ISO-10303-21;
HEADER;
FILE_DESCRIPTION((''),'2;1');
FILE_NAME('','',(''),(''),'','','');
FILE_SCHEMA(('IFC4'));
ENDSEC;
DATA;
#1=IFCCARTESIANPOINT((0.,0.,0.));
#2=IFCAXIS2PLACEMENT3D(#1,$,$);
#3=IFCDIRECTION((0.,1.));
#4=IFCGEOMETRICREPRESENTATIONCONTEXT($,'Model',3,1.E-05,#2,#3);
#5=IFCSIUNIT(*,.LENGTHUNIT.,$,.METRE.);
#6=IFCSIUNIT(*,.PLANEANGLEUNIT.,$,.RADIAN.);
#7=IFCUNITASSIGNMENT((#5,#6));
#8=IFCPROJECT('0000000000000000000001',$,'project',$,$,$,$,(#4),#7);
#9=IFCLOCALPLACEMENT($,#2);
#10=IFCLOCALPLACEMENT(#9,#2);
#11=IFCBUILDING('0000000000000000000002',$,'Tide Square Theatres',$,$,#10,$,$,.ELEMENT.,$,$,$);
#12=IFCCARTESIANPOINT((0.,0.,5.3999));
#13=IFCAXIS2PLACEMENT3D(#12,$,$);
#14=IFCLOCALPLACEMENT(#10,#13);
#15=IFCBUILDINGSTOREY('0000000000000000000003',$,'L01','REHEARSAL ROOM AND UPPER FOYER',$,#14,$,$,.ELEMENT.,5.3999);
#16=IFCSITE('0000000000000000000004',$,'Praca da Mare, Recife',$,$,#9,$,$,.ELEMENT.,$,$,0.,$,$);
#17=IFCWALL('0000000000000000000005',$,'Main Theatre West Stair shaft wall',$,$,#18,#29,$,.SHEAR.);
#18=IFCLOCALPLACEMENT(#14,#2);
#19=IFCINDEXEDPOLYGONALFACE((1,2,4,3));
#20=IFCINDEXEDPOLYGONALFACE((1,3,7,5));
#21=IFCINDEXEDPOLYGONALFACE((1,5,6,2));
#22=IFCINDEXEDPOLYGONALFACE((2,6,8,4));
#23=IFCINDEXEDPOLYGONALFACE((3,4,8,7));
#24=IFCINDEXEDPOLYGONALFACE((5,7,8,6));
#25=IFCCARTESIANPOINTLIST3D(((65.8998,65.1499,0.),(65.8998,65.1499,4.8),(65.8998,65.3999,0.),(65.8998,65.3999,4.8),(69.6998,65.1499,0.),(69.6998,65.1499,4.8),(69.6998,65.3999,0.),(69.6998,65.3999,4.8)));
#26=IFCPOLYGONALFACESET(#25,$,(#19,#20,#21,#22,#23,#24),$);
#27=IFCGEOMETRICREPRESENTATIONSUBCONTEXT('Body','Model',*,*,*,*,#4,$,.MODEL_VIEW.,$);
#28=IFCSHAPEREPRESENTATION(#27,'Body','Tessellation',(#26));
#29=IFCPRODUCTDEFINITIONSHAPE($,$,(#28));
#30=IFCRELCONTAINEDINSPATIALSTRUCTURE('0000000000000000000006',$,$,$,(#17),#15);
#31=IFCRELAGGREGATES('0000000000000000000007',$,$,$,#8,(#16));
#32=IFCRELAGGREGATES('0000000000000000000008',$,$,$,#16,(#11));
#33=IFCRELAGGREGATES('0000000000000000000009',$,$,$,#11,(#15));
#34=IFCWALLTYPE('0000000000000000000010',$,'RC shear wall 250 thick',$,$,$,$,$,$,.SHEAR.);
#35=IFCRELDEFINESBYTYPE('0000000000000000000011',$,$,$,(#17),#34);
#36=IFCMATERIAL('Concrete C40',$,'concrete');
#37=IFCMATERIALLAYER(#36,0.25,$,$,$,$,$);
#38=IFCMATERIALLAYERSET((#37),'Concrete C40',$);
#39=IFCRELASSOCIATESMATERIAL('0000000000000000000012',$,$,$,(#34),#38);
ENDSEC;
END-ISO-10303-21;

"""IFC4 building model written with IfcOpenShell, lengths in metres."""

from ifc_helpers import new_model, si_unit, direction, frame, frame_2d, origin, place, context, subcontext, project, spatial, rectangle, extrude, material, layer, layer_set, type_object, element, save


model = new_model("IFC4")

# Units and contexts
model_context = context("Model", 3, precision=1e-05, world=origin(), true_north=direction((0.0, 1.0)))
body_context = subcontext(model_context, "Body", "Model", "MODEL_VIEW")
ifc_project = project(units=[si_unit("LENGTHUNIT", "METRE"), si_unit("PLANEANGLEUNIT", "RADIAN")], contexts=[model_context])

# Site, building, storey
site_placement = place(None, origin())
site = spatial("IfcSite", under=ifc_project, at=site_placement, Name="Praca da Mare, Recife", CompositionType="ELEMENT", RefElevation=0.0)
building_placement = place(site_placement, origin())
building = spatial("IfcBuilding", under=site, at=building_placement, Name="Tide Square Theatres", CompositionType="ELEMENT")
storey_placement = place(building_placement, frame((0.0, 0.0, 5.3999)))
storey = spatial("IfcBuildingStorey", under=building, at=storey_placement, Name="L01", Description="REHEARSAL ROOM AND UPPER FOYER", CompositionType="ELEMENT", Elevation=5.3999)

# Wall
ifc_material_1 = material(Name="Concrete C40", Category="concrete")
ifc_layer_1 = layer(ifc_material_1, 0.25)
ifc_layer_set_1 = layer_set([ifc_layer_1], Name="Concrete C40")
wall_type_1 = type_object("IfcWallType", Name="RC shear wall 250 thick", PredefinedType="SHEAR", material=ifc_layer_set_1)
wall_1_placement = place(storey_placement, frame((65.8999, 65.2749, 0.0), z_axis=(0.0, 0.0, 1.0), x_axis=(1.0, 0.0, 0.0)))
element("IfcWall", 1, at=wall_1_placement, inside=storey, type_object=wall_type_1, Name="Main Theatre West Stair shaft wall", PredefinedType="SHEAR", context=body_context, shape_type="SweptSolid", body=[
    extrude(rectangle(XDim=3.8, YDim=0.25, at=frame_2d((1.8999, 0.0))), origin(), (0.0, 0.0, 1.0), 4.8),
])

save(model, "model.ifc")
